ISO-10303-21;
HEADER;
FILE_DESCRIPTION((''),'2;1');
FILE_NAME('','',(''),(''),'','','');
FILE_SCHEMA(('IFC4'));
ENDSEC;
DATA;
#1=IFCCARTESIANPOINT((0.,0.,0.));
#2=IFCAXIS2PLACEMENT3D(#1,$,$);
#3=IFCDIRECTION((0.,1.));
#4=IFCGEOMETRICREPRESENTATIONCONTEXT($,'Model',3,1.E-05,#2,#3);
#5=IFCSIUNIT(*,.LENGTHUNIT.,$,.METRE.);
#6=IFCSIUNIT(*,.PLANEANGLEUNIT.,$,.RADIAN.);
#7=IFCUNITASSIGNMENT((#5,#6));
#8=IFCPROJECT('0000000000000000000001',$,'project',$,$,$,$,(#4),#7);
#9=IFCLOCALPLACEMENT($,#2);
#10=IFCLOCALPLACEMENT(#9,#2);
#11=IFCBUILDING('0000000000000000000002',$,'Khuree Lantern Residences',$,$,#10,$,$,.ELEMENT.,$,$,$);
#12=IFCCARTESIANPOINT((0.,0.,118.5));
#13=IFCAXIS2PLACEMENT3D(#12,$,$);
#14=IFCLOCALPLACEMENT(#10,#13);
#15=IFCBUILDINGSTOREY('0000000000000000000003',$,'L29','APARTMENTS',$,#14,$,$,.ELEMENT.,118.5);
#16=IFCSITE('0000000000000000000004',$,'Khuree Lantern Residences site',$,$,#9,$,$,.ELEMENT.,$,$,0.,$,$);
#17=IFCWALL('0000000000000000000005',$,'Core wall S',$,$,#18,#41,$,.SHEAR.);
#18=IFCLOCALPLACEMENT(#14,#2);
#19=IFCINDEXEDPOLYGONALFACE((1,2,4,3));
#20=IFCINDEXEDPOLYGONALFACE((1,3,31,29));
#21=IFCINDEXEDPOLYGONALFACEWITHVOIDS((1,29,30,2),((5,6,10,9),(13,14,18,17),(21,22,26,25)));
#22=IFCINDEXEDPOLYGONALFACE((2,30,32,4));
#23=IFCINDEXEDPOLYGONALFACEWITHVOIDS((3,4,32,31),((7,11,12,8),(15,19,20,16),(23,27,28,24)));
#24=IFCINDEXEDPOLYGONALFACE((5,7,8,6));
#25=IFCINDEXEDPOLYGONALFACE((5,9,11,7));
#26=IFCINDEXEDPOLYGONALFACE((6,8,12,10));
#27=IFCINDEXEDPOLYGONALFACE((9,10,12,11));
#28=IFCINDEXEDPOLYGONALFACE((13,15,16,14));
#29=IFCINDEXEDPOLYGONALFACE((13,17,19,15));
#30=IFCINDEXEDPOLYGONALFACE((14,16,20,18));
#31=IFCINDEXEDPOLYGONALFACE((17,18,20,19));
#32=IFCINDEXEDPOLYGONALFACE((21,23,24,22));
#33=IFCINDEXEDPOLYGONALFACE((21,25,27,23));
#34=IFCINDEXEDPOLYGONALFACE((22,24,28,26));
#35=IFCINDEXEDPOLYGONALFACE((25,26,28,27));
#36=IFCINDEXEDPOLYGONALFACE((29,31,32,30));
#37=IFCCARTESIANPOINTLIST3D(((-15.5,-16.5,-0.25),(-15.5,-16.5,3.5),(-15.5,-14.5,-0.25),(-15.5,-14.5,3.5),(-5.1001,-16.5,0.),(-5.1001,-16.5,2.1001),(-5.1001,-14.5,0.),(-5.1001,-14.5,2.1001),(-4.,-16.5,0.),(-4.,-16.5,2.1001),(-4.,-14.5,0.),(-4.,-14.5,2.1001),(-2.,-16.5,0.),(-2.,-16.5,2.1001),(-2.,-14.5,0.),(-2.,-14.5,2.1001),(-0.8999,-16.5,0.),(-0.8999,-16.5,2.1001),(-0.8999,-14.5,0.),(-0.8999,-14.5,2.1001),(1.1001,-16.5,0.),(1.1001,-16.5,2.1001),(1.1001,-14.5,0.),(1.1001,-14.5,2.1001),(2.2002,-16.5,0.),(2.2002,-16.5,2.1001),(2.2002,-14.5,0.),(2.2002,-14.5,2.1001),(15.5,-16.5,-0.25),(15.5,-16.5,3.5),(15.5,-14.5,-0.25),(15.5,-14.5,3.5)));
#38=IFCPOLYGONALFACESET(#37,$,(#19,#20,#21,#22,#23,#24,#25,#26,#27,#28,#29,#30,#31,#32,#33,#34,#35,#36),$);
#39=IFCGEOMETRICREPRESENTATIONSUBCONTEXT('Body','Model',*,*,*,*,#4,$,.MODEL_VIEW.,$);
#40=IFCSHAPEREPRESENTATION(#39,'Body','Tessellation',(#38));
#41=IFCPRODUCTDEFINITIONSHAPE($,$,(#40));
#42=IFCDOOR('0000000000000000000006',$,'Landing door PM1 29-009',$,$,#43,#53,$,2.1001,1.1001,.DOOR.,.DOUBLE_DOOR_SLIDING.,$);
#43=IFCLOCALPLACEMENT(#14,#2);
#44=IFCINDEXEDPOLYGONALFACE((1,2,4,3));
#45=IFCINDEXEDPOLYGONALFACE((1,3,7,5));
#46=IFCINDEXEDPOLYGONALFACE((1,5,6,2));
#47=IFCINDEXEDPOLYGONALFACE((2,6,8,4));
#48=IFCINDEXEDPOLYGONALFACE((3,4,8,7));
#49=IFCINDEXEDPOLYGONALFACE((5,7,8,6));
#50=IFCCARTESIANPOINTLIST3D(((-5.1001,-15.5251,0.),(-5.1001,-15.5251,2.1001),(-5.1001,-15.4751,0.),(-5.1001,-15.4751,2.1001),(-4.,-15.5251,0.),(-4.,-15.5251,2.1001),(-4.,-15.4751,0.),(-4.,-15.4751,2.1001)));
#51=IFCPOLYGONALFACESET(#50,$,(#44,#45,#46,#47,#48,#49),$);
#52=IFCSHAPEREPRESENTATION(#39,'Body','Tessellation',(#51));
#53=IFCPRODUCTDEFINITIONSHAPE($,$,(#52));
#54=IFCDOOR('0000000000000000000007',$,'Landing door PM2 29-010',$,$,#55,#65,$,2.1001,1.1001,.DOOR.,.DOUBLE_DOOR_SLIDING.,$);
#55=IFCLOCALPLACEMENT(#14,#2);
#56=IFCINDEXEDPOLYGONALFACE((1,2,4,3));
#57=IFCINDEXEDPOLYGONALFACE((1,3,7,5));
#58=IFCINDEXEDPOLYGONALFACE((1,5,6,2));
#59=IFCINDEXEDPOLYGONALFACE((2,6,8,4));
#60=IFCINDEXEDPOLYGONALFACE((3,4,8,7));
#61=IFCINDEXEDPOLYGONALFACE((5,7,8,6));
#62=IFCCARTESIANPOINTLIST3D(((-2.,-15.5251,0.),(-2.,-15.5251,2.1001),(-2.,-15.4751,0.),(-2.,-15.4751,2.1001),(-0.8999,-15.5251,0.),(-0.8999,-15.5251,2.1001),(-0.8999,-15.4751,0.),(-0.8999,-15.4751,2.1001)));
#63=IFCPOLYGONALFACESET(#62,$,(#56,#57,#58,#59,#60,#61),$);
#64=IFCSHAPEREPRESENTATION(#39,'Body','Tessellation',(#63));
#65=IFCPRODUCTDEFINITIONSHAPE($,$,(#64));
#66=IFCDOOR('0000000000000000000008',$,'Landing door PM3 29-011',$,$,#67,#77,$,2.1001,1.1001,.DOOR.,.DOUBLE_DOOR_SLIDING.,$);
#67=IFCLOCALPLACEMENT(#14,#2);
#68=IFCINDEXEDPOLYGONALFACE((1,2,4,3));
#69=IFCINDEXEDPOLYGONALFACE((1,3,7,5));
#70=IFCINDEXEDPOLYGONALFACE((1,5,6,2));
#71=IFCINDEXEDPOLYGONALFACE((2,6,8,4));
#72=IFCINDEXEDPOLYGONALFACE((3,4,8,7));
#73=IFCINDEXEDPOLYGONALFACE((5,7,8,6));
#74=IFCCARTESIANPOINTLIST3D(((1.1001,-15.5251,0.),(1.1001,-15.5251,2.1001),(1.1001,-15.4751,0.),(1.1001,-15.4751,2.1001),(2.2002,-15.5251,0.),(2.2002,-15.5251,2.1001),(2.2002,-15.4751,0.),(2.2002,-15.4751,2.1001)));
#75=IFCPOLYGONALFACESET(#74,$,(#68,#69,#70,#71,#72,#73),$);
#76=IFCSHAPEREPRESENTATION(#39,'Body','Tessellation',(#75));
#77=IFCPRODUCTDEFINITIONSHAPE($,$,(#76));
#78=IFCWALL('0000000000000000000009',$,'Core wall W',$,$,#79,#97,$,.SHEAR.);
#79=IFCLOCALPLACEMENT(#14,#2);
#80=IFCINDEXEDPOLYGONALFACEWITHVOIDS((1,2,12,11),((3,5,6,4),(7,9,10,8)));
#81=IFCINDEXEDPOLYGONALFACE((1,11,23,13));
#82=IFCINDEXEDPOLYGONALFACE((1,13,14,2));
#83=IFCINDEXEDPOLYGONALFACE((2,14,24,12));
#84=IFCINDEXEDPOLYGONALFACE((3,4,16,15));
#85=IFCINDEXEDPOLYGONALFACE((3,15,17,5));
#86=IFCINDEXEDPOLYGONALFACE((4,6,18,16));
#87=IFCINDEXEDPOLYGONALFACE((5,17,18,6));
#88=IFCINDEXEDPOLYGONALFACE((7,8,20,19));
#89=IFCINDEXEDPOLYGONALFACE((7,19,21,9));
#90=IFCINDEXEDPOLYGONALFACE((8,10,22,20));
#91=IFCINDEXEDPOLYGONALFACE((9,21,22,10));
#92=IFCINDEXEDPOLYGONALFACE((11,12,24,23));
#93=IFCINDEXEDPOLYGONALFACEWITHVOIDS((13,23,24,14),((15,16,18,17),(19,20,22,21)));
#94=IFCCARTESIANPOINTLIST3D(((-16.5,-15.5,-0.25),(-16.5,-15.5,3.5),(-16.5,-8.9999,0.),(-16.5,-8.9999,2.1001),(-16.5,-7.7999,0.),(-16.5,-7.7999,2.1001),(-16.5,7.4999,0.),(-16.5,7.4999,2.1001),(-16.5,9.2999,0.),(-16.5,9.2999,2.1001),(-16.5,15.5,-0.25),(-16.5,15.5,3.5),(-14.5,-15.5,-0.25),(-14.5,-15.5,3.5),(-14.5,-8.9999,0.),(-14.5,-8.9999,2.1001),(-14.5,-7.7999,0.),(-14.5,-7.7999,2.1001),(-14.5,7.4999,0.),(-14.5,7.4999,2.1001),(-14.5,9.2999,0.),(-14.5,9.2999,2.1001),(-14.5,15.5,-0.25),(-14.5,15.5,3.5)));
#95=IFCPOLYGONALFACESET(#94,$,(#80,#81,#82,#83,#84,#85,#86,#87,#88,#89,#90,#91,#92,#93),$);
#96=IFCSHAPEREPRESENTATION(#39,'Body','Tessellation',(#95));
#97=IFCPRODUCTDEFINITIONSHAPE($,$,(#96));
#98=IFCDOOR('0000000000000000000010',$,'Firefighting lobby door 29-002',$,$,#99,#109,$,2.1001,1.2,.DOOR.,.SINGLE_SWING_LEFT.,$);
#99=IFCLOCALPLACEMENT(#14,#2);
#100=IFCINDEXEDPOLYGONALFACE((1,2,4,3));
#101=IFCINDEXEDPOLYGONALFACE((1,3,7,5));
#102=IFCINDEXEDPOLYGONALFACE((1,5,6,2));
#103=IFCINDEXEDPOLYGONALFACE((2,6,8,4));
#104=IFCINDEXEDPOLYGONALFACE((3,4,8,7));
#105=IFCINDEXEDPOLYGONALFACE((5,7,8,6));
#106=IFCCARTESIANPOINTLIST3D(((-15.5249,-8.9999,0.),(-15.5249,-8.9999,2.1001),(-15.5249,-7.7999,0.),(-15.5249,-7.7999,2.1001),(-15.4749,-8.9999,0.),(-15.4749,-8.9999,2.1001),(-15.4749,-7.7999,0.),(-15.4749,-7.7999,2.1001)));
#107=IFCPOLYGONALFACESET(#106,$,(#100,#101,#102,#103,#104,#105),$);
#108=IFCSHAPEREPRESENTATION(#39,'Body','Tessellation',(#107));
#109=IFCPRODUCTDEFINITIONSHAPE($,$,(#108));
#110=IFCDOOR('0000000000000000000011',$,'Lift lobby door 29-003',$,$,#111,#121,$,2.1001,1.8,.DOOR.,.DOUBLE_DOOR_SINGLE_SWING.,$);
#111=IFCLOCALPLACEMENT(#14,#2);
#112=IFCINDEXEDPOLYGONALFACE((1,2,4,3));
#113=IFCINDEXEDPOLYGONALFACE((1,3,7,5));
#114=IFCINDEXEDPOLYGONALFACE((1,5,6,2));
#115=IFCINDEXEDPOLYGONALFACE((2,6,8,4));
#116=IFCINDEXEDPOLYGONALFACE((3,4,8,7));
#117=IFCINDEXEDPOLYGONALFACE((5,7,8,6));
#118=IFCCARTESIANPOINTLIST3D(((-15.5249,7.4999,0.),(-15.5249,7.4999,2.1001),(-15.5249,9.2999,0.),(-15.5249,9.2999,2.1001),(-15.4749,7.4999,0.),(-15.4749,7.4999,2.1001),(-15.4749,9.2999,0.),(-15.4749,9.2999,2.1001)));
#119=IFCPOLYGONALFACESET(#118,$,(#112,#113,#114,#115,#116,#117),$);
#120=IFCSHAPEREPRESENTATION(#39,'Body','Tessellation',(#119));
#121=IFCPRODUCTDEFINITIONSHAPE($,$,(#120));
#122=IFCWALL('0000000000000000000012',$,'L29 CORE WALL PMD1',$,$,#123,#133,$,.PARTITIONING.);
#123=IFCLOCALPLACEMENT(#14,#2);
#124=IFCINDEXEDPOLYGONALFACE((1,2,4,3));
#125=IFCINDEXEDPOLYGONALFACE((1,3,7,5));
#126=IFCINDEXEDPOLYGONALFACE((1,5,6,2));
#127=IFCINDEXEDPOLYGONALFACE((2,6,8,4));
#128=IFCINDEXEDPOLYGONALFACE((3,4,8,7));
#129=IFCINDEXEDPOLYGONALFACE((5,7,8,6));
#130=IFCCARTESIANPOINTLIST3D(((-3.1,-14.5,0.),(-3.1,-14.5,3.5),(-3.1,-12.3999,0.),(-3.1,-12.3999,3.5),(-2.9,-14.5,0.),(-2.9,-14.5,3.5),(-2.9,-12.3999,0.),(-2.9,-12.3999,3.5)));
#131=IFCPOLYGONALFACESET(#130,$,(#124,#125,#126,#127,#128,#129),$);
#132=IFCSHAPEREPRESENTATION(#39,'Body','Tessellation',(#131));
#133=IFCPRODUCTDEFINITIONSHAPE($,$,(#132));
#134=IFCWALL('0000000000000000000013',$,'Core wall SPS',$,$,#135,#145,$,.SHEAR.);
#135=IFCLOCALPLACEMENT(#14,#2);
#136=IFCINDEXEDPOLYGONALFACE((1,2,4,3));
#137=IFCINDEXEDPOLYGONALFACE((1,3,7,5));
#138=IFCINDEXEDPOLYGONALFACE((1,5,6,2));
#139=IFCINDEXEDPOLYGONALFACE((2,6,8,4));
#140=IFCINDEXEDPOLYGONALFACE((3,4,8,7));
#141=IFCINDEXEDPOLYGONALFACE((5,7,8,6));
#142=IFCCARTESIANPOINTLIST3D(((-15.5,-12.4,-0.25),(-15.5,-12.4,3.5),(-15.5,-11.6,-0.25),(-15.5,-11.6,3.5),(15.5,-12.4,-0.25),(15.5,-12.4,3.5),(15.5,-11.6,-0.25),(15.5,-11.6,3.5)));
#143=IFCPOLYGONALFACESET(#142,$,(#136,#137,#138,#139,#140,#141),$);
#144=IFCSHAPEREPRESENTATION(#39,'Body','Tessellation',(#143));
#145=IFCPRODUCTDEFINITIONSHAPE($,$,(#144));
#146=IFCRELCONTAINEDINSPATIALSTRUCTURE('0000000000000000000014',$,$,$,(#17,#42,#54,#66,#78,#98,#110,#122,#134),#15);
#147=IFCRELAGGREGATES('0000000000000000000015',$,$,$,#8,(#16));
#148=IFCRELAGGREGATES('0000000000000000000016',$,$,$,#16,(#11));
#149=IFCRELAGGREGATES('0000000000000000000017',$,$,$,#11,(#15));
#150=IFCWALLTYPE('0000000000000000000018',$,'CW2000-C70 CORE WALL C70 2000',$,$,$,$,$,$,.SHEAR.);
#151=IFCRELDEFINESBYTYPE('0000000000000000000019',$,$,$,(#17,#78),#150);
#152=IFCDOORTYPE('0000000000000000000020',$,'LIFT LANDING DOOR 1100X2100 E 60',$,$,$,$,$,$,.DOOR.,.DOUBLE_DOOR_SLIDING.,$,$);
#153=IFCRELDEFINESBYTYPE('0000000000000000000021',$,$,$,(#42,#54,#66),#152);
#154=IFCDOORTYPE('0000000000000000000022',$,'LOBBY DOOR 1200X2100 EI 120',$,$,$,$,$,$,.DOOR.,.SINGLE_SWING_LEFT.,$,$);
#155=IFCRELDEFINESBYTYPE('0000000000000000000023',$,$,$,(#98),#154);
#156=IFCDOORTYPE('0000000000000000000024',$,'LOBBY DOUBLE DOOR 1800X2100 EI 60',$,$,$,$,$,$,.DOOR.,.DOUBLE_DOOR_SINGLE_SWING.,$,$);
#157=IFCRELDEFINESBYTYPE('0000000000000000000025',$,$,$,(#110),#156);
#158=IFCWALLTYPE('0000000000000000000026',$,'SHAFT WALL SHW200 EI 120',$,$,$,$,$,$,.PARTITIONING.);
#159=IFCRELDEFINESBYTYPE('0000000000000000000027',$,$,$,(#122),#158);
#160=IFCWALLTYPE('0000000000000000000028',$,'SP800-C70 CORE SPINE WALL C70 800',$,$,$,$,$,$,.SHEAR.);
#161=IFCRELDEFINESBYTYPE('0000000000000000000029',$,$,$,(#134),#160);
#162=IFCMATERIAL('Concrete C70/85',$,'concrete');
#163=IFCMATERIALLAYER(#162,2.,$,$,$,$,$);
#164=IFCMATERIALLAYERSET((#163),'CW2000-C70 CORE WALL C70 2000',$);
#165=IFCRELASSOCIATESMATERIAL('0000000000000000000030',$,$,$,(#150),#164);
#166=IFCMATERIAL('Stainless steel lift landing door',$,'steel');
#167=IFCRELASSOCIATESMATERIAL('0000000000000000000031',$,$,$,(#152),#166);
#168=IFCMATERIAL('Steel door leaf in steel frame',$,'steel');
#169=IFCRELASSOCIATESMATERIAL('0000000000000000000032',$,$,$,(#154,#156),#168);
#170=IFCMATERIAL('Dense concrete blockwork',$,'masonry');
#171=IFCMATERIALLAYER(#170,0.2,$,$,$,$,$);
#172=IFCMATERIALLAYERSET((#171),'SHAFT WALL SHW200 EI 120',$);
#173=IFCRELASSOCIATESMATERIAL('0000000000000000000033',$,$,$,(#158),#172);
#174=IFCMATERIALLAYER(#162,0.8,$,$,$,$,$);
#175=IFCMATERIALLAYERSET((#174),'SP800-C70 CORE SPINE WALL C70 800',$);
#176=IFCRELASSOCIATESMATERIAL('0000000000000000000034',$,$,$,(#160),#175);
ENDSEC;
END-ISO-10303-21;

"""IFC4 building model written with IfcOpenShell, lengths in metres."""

from ifc_helpers import new_model, si_unit, direction, frame, frame_2d, origin, place, context, subcontext, project, spatial, rectangle, extrude, material, layer, layer_set, type_object, element, fill, save


model = new_model("IFC4")

# Units and contexts
model_context = context("Model", 3, precision=1e-05, world=origin(), true_north=direction((0.0, 1.0)))
body_context = subcontext(model_context, "Body", "Model", "MODEL_VIEW")
ifc_project = project(units=[si_unit("LENGTHUNIT", "METRE"), si_unit("PLANEANGLEUNIT", "RADIAN")], contexts=[model_context])

# Site, building, storey
site_placement = place(None, origin())
site = spatial("IfcSite", under=ifc_project, at=site_placement, Name="Khuree Lantern Residences site", CompositionType="ELEMENT", RefElevation=0.0)
building_placement = place(site_placement, origin())
building = spatial("IfcBuilding", under=site, at=building_placement, Name="Khuree Lantern Residences", CompositionType="ELEMENT")
storey_placement = place(building_placement, frame((0.0, 0.0, 118.5)))
storey = spatial("IfcBuildingStorey", under=building, at=storey_placement, Name="L29", Description="APARTMENTS", CompositionType="ELEMENT", Elevation=118.5)

# Shared definitions
ifc_material_1 = material(Name="Concrete C70/85", Category="concrete")

# Shared definitions
ifc_material_2 = material(Name="Dense concrete blockwork", Category="masonry")
ifc_material_3 = material(Name="Stainless steel lift landing door", Category="steel")

# Walls, openings, doors
ifc_layer_1 = layer(ifc_material_1, 2.0)
ifc_layer_set_1 = layer_set([ifc_layer_1], Name="CW2000-C70 CORE WALL C70 2000")
wall_type_1 = type_object("IfcWallType", Name="CW2000-C70 CORE WALL C70 2000", PredefinedType="SHEAR", material=ifc_layer_set_1)
wall_1_placement = place(storey_placement, frame((-15.5, -15.5, -0.25), z_axis=(0.0, 0.0, 1.0), x_axis=(1.0, 0.0, 0.0)))
wall_1 = element("IfcWall", 1, at=wall_1_placement, inside=storey, type_object=wall_type_1, Name="Core wall S", PredefinedType="SHEAR", context=body_context, shape_type="SweptSolid", body=[
    extrude(rectangle(XDim=31.0, YDim=2.0, at=frame_2d((15.5, 0.0))), origin(), (0.0, 0.0, 1.0), 3.75),
])
opening_1_placement = place(wall_1_placement, frame((10.3999, 0.0, 0.25)))
opening_1 = element("IfcOpeningElement", 2, at=opening_1_placement, cuts=wall_1, PredefinedType="OPENING", context=body_context, shape_type="SweptSolid", body=[
    extrude(rectangle(XDim=1.1001, YDim=2.1001, at=frame_2d((0.55, 1.05))), frame((0.0, 1.01, 0.0), z_axis=(0.0, -1.0, 0.0), x_axis=(1.0, 0.0, 0.0)), (0.0, 0.0, 1.0), 2.02),
])
opening_2_placement = place(wall_1_placement, frame((13.5, 0.0, 0.25)))
opening_2 = element("IfcOpeningElement", 3, at=opening_2_placement, cuts=wall_1, PredefinedType="OPENING", context=body_context, shape_type="SweptSolid", body=[
    extrude(rectangle(XDim=1.1001, YDim=2.1001, at=frame_2d((0.55, 1.05))), frame((0.0, 1.01, 0.0), z_axis=(0.0, -1.0, 0.0), x_axis=(1.0, 0.0, 0.0)), (0.0, 0.0, 1.0), 2.02),
])
opening_3_placement = place(wall_1_placement, frame((16.6001, 0.0, 0.25)))
opening_3 = element("IfcOpeningElement", 4, at=opening_3_placement, cuts=wall_1, PredefinedType="OPENING", context=body_context, shape_type="SweptSolid", body=[
    extrude(rectangle(XDim=1.1001, YDim=2.1001, at=frame_2d((0.55, 1.05))), frame((0.0, 1.01, 0.0), z_axis=(0.0, -1.0, 0.0), x_axis=(1.0, 0.0, 0.0)), (0.0, 0.0, 1.0), 2.02),
])
door_type_1 = type_object("IfcDoorType", Name="LIFT LANDING DOOR 1100X2100 E 60", OperationType="DOUBLE_DOOR_SLIDING", PredefinedType="DOOR", material=ifc_material_3)
door_1_placement = place(opening_1_placement, origin())
door_1 = element("IfcDoor", 5, at=door_1_placement, inside=storey, type_object=door_type_1, Name="Landing door PM1 29-009", OperationType="DOUBLE_DOOR_SLIDING", OverallHeight=2.1001, OverallWidth=1.1001, PredefinedType="DOOR", context=body_context, shape_type="SweptSolid", body=[
    extrude(rectangle(XDim=1.1001, YDim=2.1001, at=frame_2d((0.55, 1.05))), frame((0.0, 0.0249, 0.0), z_axis=(0.0, -1.0, 0.0), x_axis=(1.0, 0.0, 0.0)), (0.0, 0.0, 1.0), 0.05),
])
fill(opening_1, door_1)
door_2_placement = place(opening_2_placement, origin())
door_2 = element("IfcDoor", 6, at=door_2_placement, inside=storey, type_object=door_type_1, Name="Landing door PM2 29-010", OperationType="DOUBLE_DOOR_SLIDING", OverallHeight=2.1001, OverallWidth=1.1001, PredefinedType="DOOR", context=body_context, shape_type="SweptSolid", body=[
    extrude(rectangle(XDim=1.1001, YDim=2.1001, at=frame_2d((0.55, 1.05))), frame((0.0, 0.0249, 0.0), z_axis=(0.0, -1.0, 0.0), x_axis=(1.0, 0.0, 0.0)), (0.0, 0.0, 1.0), 0.05),
])
fill(opening_2, door_2)
door_3_placement = place(opening_3_placement, origin())
door_3 = element("IfcDoor", 7, at=door_3_placement, inside=storey, type_object=door_type_1, Name="Landing door PM3 29-011", OperationType="DOUBLE_DOOR_SLIDING", OverallHeight=2.1001, OverallWidth=1.1001, PredefinedType="DOOR", context=body_context, shape_type="SweptSolid", body=[
    extrude(rectangle(XDim=1.1001, YDim=2.1001, at=frame_2d((0.55, 1.05))), frame((0.0, 0.0249, 0.0), z_axis=(0.0, -1.0, 0.0), x_axis=(1.0, 0.0, 0.0)), (0.0, 0.0, 1.0), 0.05),
])
fill(opening_3, door_3)
wall_2_placement = place(storey_placement, frame((-15.5, -15.5, -0.25), z_axis=(0.0, 0.0, 1.0), x_axis=(0.0, 1.0, 0.0)))
wall_2 = element("IfcWall", 8, at=wall_2_placement, inside=storey, type_object=wall_type_1, Name="Core wall W", PredefinedType="SHEAR", context=body_context, shape_type="SweptSolid", body=[
    extrude(rectangle(XDim=31.0, YDim=2.0, at=frame_2d((15.5, 0.0))), origin(), (0.0, 0.0, 1.0), 3.75),
])
opening_4_placement = place(wall_2_placement, frame((6.5, 0.0, 0.25)))
opening_4 = element("IfcOpeningElement", 9, at=opening_4_placement, cuts=wall_2, PredefinedType="OPENING", context=body_context, shape_type="SweptSolid", body=[
    extrude(rectangle(XDim=1.2, YDim=2.1001, at=frame_2d((0.6001, 1.05))), frame((0.0, 1.01, 0.0), z_axis=(0.0, -1.0, 0.0), x_axis=(1.0, 0.0, 0.0)), (0.0, 0.0, 1.0), 2.02),
])
opening_5_placement = place(wall_2_placement, frame((23.0, 0.0, 0.25)))
opening_5 = element("IfcOpeningElement", 10, at=opening_5_placement, cuts=wall_2, PredefinedType="OPENING", context=body_context, shape_type="SweptSolid", body=[
    extrude(rectangle(XDim=1.8, YDim=2.1001, at=frame_2d((0.8999, 1.05))), frame((0.0, 1.01, 0.0), z_axis=(0.0, -1.0, 0.0), x_axis=(1.0, 0.0, 0.0)), (0.0, 0.0, 1.0), 2.02),
])
ifc_material_4 = material(Name="Steel door leaf in steel frame", Category="steel")
door_type_2 = type_object("IfcDoorType", Name="LOBBY DOOR 1200X2100 EI 120", OperationType="SINGLE_SWING_LEFT", PredefinedType="DOOR", material=ifc_material_4)
door_4_placement = place(opening_4_placement, origin())
door_4 = element("IfcDoor", 11, at=door_4_placement, inside=storey, type_object=door_type_2, Name="Firefighting lobby door 29-002", OperationType="SINGLE_SWING_LEFT", OverallHeight=2.1001, OverallWidth=1.2, PredefinedType="DOOR", context=body_context, shape_type="SweptSolid", body=[
    extrude(rectangle(XDim=1.2, YDim=2.1001, at=frame_2d((0.6001, 1.05))), frame((0.0, 0.0249, 0.0), z_axis=(0.0, -1.0, 0.0), x_axis=(1.0, 0.0, 0.0)), (0.0, 0.0, 1.0), 0.05),
])
fill(opening_4, door_4)
door_type_3 = type_object("IfcDoorType", Name="LOBBY DOUBLE DOOR 1800X2100 EI 60", OperationType="DOUBLE_DOOR_SINGLE_SWING", PredefinedType="DOOR", material=ifc_material_4)
door_5_placement = place(opening_5_placement, origin())
door_5 = element("IfcDoor", 12, at=door_5_placement, inside=storey, type_object=door_type_3, Name="Lift lobby door 29-003", OperationType="DOUBLE_DOOR_SINGLE_SWING", OverallHeight=2.1001, OverallWidth=1.8, PredefinedType="DOOR", context=body_context, shape_type="SweptSolid", body=[
    extrude(rectangle(XDim=1.8, YDim=2.1001, at=frame_2d((0.8999, 1.05))), frame((0.0, 0.0249, 0.0), z_axis=(0.0, -1.0, 0.0), x_axis=(1.0, 0.0, 0.0)), (0.0, 0.0, 1.0), 0.05),
])
fill(opening_5, door_5)

# Walls
ifc_layer_2 = layer(ifc_material_2, 0.2)
ifc_layer_set_2 = layer_set([ifc_layer_2], Name="SHAFT WALL SHW200 EI 120")
wall_type_2 = type_object("IfcWallType", Name="SHAFT WALL SHW200 EI 120", PredefinedType="PARTITIONING", material=ifc_layer_set_2)
wall_3_placement = place(storey_placement, frame((-3.0, -14.5, 0.0), z_axis=(0.0, 0.0, 1.0), x_axis=(0.0, 1.0, 0.0)))
element("IfcWall", 13, at=wall_3_placement, inside=storey, type_object=wall_type_2, Name="L29 CORE WALL PMD1", PredefinedType="PARTITIONING", context=body_context, shape_type="SweptSolid", body=[
    extrude(rectangle(XDim=2.1001, YDim=0.2, at=frame_2d((1.05, 0.0))), origin(), (0.0, 0.0, 1.0), 3.5),
])
ifc_layer_3 = layer(ifc_material_1, 0.8)
ifc_layer_set_3 = layer_set([ifc_layer_3], Name="SP800-C70 CORE SPINE WALL C70 800")
wall_type_3 = type_object("IfcWallType", Name="SP800-C70 CORE SPINE WALL C70 800", PredefinedType="SHEAR", material=ifc_layer_set_3)
wall_4_placement = place(storey_placement, frame((-15.5, -12.0, -0.25), z_axis=(0.0, 0.0, 1.0), x_axis=(1.0, 0.0, 0.0)))
element("IfcWall", 14, at=wall_4_placement, inside=storey, type_object=wall_type_3, Name="Core wall SPS", PredefinedType="SHEAR", context=body_context, shape_type="SweptSolid", body=[
    extrude(rectangle(XDim=31.0, YDim=0.8, at=frame_2d((15.5, 0.0))), origin(), (0.0, 0.0, 1.0), 3.75),
])

save(model, "model.ifc")
